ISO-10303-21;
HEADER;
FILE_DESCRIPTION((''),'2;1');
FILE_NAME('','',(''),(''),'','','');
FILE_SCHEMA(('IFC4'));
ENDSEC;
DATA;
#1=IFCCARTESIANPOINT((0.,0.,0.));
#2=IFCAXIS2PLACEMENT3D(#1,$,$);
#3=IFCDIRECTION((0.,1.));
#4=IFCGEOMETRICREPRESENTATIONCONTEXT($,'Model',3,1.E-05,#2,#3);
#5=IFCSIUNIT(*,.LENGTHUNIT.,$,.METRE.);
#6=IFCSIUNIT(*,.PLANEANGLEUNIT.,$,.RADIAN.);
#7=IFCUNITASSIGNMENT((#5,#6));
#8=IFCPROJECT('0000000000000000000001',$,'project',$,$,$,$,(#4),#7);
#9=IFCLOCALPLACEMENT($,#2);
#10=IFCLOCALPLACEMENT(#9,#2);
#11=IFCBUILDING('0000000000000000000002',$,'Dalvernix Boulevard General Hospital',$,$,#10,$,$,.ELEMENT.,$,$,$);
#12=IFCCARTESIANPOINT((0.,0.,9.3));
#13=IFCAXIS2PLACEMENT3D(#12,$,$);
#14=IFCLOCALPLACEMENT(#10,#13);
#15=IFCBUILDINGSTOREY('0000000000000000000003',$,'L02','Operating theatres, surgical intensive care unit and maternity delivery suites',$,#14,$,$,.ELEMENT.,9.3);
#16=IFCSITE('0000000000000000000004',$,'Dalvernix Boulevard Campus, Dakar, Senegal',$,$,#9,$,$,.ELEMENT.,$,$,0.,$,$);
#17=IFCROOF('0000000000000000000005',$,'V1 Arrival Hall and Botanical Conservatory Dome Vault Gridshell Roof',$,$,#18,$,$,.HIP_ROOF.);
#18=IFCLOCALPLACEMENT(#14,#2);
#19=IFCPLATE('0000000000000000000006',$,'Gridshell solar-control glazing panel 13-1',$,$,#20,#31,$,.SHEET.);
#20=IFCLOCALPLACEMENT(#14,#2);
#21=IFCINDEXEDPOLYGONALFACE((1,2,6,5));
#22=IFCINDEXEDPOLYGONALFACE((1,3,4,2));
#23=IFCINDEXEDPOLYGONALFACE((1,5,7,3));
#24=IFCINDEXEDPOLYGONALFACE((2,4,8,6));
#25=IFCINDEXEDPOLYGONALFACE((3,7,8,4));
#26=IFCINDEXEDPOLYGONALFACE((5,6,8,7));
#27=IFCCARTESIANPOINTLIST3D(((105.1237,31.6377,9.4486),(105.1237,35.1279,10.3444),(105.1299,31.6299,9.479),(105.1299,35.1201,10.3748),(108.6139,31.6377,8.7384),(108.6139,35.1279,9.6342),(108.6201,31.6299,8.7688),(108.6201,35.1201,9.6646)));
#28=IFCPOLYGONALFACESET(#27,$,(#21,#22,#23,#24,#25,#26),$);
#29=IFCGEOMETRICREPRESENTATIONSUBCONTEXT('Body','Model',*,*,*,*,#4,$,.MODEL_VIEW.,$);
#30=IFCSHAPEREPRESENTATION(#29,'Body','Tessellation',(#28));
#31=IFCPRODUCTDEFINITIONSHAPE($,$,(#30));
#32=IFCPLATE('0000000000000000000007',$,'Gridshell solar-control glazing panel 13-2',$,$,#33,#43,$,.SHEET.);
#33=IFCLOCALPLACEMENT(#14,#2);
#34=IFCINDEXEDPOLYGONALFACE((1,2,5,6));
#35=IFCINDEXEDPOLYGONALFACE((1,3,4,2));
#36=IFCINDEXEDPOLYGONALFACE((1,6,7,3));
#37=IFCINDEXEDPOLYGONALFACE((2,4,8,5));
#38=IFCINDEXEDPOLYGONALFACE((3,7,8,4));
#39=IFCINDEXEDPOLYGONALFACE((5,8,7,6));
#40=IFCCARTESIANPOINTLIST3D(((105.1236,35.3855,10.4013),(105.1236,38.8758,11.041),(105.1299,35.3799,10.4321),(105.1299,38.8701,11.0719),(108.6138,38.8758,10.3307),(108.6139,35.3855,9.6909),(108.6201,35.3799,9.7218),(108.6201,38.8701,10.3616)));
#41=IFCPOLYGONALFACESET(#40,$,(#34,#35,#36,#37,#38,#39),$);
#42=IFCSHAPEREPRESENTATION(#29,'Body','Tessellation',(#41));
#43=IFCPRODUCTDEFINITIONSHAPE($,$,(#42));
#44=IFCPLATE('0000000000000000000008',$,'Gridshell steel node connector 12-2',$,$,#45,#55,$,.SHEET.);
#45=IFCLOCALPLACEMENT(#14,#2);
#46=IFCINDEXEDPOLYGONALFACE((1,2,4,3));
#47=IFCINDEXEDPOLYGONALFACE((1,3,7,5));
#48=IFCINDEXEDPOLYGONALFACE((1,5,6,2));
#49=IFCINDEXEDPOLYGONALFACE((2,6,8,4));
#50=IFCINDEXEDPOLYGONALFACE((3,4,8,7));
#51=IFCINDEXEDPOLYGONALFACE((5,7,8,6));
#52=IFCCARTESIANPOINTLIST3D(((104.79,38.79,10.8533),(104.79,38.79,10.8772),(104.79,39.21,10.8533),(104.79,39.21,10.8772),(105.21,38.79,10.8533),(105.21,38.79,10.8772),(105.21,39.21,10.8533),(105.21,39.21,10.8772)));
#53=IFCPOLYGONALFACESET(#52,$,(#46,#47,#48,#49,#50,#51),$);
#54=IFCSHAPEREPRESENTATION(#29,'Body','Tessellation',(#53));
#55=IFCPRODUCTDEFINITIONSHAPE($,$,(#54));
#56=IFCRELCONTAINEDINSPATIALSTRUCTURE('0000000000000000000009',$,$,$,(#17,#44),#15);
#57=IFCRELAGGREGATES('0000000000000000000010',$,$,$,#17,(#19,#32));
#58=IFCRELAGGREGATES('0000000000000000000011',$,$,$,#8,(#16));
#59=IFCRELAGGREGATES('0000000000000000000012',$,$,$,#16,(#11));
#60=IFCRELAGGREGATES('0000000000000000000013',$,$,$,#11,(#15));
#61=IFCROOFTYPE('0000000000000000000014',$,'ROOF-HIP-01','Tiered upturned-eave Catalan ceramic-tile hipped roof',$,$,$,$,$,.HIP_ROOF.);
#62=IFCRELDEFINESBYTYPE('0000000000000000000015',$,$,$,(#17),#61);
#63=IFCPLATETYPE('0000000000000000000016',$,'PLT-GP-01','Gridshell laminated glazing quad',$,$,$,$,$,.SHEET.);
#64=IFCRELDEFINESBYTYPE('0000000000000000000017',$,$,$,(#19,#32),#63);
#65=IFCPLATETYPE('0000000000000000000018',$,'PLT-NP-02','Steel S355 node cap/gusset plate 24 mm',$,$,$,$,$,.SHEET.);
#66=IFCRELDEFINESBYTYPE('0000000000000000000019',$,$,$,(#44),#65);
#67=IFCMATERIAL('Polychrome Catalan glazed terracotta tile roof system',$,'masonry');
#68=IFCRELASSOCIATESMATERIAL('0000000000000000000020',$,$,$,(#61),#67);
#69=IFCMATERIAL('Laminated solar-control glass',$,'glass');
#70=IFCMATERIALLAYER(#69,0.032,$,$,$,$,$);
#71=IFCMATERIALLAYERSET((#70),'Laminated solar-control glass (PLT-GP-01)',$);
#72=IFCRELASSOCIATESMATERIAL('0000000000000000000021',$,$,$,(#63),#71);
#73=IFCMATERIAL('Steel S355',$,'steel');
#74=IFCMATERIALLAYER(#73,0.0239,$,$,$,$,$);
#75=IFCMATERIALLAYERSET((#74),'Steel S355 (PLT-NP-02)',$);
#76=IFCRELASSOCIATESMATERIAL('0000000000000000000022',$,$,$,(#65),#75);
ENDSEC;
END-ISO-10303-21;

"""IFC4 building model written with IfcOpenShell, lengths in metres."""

from ifc_helpers import new_model, si_unit, direction, frame, origin, origin_2d, place, context, subcontext, project, spatial, polyline, rectangle, outline, extrude, material, layer, layer_set, type_object, element, aggregate, save


model = new_model("IFC4")

# Units and contexts
model_context = context("Model", 3, precision=1e-05, world=origin(), true_north=direction((0.0, 1.0)))
body_context = subcontext(model_context, "Body", "Model", "MODEL_VIEW")
ifc_project = project(units=[si_unit("LENGTHUNIT", "METRE"), si_unit("PLANEANGLEUNIT", "RADIAN")], contexts=[model_context])

# Site, building, storey
site_placement = place(None, origin())
site = spatial("IfcSite", under=ifc_project, at=site_placement, Name="Dalvernix Boulevard Campus, Dakar, Senegal", CompositionType="ELEMENT", RefElevation=0.0)
building_placement = place(site_placement, origin())
building = spatial("IfcBuilding", under=site, at=building_placement, Name="Dalvernix Boulevard General Hospital", CompositionType="ELEMENT")
storey_placement = place(building_placement, frame((0.0, 0.0, 9.3)))
storey = spatial("IfcBuildingStorey", under=building, at=storey_placement, Name="L02", Description="Operating theatres, surgical intensive care unit and maternity delivery suites", CompositionType="ELEMENT", Elevation=9.3)

# Shared definitions
ifc_material_1 = material(Name="Steel S355", Category="steel")

# Roof, plates
ifc_material_2 = material(Name="Polychrome Catalan glazed terracotta tile roof system", Category="masonry")
roof_type = type_object("IfcRoofType", Name="ROOF-HIP-01", Description="Tiered upturned-eave Catalan ceramic-tile hipped roof", PredefinedType="HIP_ROOF", material=ifc_material_2)
roof_placement = place(storey_placement, origin())
roof = element("IfcRoof", 1, at=roof_placement, inside=storey, type_object=roof_type, Name="V1 Arrival Hall and Botanical Conservatory Dome Vault Gridshell Roof", PredefinedType="HIP_ROOF")
ifc_material_3 = material(Name="Laminated solar-control glass", Category="glass")
ifc_layer_1 = layer(ifc_material_3, 0.032)
ifc_layer_set_1 = layer_set([ifc_layer_1], Name="Laminated solar-control glass (PLT-GP-01)")
plate_type_1 = type_object("IfcPlateType", Name="PLT-GP-01", Description="Gridshell laminated glazing quad", PredefinedType="SHEET", material=ifc_layer_set_1)
plate_1_placement = place(storey_placement, frame((105.1299, 31.6299, 9.479), z_axis=(0.193376, -0.243897, 0.950326), x_axis=(0.979919, 0.0, -0.199397)))
plate_1 = element("IfcPlate", 2, at=plate_1_placement, type_object=plate_type_1, Name="Gridshell solar-control glazing panel 13-1", PredefinedType="SHEET", context=body_context, shape_type="SweptSolid", body=[
    extrude(outline(polyline([(0.0, 0.0), (3.5618, 0.0), (3.3831, 3.5989), (-0.1786, 3.5989), (0.0, 0.0)])), origin(), (0.0, 0.0, -1.0), 0.032),
])
plate_2_placement = place(storey_placement, frame((105.1299, 35.3799, 10.4321), z_axis=(0.196289, -0.176792, 0.964477), x_axis=(0.979912, -0.000006, -0.199431)))
plate_2 = element("IfcPlate", 3, at=plate_2_placement, type_object=plate_type_1, Name="Gridshell solar-control glazing panel 13-2", PredefinedType="SHEET", context=body_context, shape_type="SweptSolid", body=[
    extrude(outline(polyline([(0.0, 0.0), (3.5618, 0.0), (3.4342, 3.5461), (-0.1276, 3.5461), (0.0, 0.0)])), origin(), (0.0, 0.0, -1.0), 0.032),
])
aggregate(roof, [plate_1, plate_2])

# Plate
ifc_layer_2 = layer(ifc_material_1, 0.0239)
ifc_layer_set_2 = layer_set([ifc_layer_2], Name="Steel S355 (PLT-NP-02)")
plate_type_2 = type_object("IfcPlateType", Name="PLT-NP-02", Description="Steel S355 node cap/gusset plate 24 mm", PredefinedType="SHEET", material=ifc_layer_set_2)
plate_3_placement = place(storey_placement, frame((105.0, 39.0, 10.8533), z_axis=(0.0, 0.0, 1.0), x_axis=(1.0, 0.0, 0.0)))
element("IfcPlate", 4, at=plate_3_placement, inside=storey, type_object=plate_type_2, Name="Gridshell steel node connector 12-2", PredefinedType="SHEET", context=body_context, shape_type="SweptSolid", body=[
    extrude(rectangle(XDim=0.4199, YDim=0.4199, at=origin_2d()), origin(), (0.0, 0.0, 1.0), 0.0239),
])

save(model, "model.ifc")
